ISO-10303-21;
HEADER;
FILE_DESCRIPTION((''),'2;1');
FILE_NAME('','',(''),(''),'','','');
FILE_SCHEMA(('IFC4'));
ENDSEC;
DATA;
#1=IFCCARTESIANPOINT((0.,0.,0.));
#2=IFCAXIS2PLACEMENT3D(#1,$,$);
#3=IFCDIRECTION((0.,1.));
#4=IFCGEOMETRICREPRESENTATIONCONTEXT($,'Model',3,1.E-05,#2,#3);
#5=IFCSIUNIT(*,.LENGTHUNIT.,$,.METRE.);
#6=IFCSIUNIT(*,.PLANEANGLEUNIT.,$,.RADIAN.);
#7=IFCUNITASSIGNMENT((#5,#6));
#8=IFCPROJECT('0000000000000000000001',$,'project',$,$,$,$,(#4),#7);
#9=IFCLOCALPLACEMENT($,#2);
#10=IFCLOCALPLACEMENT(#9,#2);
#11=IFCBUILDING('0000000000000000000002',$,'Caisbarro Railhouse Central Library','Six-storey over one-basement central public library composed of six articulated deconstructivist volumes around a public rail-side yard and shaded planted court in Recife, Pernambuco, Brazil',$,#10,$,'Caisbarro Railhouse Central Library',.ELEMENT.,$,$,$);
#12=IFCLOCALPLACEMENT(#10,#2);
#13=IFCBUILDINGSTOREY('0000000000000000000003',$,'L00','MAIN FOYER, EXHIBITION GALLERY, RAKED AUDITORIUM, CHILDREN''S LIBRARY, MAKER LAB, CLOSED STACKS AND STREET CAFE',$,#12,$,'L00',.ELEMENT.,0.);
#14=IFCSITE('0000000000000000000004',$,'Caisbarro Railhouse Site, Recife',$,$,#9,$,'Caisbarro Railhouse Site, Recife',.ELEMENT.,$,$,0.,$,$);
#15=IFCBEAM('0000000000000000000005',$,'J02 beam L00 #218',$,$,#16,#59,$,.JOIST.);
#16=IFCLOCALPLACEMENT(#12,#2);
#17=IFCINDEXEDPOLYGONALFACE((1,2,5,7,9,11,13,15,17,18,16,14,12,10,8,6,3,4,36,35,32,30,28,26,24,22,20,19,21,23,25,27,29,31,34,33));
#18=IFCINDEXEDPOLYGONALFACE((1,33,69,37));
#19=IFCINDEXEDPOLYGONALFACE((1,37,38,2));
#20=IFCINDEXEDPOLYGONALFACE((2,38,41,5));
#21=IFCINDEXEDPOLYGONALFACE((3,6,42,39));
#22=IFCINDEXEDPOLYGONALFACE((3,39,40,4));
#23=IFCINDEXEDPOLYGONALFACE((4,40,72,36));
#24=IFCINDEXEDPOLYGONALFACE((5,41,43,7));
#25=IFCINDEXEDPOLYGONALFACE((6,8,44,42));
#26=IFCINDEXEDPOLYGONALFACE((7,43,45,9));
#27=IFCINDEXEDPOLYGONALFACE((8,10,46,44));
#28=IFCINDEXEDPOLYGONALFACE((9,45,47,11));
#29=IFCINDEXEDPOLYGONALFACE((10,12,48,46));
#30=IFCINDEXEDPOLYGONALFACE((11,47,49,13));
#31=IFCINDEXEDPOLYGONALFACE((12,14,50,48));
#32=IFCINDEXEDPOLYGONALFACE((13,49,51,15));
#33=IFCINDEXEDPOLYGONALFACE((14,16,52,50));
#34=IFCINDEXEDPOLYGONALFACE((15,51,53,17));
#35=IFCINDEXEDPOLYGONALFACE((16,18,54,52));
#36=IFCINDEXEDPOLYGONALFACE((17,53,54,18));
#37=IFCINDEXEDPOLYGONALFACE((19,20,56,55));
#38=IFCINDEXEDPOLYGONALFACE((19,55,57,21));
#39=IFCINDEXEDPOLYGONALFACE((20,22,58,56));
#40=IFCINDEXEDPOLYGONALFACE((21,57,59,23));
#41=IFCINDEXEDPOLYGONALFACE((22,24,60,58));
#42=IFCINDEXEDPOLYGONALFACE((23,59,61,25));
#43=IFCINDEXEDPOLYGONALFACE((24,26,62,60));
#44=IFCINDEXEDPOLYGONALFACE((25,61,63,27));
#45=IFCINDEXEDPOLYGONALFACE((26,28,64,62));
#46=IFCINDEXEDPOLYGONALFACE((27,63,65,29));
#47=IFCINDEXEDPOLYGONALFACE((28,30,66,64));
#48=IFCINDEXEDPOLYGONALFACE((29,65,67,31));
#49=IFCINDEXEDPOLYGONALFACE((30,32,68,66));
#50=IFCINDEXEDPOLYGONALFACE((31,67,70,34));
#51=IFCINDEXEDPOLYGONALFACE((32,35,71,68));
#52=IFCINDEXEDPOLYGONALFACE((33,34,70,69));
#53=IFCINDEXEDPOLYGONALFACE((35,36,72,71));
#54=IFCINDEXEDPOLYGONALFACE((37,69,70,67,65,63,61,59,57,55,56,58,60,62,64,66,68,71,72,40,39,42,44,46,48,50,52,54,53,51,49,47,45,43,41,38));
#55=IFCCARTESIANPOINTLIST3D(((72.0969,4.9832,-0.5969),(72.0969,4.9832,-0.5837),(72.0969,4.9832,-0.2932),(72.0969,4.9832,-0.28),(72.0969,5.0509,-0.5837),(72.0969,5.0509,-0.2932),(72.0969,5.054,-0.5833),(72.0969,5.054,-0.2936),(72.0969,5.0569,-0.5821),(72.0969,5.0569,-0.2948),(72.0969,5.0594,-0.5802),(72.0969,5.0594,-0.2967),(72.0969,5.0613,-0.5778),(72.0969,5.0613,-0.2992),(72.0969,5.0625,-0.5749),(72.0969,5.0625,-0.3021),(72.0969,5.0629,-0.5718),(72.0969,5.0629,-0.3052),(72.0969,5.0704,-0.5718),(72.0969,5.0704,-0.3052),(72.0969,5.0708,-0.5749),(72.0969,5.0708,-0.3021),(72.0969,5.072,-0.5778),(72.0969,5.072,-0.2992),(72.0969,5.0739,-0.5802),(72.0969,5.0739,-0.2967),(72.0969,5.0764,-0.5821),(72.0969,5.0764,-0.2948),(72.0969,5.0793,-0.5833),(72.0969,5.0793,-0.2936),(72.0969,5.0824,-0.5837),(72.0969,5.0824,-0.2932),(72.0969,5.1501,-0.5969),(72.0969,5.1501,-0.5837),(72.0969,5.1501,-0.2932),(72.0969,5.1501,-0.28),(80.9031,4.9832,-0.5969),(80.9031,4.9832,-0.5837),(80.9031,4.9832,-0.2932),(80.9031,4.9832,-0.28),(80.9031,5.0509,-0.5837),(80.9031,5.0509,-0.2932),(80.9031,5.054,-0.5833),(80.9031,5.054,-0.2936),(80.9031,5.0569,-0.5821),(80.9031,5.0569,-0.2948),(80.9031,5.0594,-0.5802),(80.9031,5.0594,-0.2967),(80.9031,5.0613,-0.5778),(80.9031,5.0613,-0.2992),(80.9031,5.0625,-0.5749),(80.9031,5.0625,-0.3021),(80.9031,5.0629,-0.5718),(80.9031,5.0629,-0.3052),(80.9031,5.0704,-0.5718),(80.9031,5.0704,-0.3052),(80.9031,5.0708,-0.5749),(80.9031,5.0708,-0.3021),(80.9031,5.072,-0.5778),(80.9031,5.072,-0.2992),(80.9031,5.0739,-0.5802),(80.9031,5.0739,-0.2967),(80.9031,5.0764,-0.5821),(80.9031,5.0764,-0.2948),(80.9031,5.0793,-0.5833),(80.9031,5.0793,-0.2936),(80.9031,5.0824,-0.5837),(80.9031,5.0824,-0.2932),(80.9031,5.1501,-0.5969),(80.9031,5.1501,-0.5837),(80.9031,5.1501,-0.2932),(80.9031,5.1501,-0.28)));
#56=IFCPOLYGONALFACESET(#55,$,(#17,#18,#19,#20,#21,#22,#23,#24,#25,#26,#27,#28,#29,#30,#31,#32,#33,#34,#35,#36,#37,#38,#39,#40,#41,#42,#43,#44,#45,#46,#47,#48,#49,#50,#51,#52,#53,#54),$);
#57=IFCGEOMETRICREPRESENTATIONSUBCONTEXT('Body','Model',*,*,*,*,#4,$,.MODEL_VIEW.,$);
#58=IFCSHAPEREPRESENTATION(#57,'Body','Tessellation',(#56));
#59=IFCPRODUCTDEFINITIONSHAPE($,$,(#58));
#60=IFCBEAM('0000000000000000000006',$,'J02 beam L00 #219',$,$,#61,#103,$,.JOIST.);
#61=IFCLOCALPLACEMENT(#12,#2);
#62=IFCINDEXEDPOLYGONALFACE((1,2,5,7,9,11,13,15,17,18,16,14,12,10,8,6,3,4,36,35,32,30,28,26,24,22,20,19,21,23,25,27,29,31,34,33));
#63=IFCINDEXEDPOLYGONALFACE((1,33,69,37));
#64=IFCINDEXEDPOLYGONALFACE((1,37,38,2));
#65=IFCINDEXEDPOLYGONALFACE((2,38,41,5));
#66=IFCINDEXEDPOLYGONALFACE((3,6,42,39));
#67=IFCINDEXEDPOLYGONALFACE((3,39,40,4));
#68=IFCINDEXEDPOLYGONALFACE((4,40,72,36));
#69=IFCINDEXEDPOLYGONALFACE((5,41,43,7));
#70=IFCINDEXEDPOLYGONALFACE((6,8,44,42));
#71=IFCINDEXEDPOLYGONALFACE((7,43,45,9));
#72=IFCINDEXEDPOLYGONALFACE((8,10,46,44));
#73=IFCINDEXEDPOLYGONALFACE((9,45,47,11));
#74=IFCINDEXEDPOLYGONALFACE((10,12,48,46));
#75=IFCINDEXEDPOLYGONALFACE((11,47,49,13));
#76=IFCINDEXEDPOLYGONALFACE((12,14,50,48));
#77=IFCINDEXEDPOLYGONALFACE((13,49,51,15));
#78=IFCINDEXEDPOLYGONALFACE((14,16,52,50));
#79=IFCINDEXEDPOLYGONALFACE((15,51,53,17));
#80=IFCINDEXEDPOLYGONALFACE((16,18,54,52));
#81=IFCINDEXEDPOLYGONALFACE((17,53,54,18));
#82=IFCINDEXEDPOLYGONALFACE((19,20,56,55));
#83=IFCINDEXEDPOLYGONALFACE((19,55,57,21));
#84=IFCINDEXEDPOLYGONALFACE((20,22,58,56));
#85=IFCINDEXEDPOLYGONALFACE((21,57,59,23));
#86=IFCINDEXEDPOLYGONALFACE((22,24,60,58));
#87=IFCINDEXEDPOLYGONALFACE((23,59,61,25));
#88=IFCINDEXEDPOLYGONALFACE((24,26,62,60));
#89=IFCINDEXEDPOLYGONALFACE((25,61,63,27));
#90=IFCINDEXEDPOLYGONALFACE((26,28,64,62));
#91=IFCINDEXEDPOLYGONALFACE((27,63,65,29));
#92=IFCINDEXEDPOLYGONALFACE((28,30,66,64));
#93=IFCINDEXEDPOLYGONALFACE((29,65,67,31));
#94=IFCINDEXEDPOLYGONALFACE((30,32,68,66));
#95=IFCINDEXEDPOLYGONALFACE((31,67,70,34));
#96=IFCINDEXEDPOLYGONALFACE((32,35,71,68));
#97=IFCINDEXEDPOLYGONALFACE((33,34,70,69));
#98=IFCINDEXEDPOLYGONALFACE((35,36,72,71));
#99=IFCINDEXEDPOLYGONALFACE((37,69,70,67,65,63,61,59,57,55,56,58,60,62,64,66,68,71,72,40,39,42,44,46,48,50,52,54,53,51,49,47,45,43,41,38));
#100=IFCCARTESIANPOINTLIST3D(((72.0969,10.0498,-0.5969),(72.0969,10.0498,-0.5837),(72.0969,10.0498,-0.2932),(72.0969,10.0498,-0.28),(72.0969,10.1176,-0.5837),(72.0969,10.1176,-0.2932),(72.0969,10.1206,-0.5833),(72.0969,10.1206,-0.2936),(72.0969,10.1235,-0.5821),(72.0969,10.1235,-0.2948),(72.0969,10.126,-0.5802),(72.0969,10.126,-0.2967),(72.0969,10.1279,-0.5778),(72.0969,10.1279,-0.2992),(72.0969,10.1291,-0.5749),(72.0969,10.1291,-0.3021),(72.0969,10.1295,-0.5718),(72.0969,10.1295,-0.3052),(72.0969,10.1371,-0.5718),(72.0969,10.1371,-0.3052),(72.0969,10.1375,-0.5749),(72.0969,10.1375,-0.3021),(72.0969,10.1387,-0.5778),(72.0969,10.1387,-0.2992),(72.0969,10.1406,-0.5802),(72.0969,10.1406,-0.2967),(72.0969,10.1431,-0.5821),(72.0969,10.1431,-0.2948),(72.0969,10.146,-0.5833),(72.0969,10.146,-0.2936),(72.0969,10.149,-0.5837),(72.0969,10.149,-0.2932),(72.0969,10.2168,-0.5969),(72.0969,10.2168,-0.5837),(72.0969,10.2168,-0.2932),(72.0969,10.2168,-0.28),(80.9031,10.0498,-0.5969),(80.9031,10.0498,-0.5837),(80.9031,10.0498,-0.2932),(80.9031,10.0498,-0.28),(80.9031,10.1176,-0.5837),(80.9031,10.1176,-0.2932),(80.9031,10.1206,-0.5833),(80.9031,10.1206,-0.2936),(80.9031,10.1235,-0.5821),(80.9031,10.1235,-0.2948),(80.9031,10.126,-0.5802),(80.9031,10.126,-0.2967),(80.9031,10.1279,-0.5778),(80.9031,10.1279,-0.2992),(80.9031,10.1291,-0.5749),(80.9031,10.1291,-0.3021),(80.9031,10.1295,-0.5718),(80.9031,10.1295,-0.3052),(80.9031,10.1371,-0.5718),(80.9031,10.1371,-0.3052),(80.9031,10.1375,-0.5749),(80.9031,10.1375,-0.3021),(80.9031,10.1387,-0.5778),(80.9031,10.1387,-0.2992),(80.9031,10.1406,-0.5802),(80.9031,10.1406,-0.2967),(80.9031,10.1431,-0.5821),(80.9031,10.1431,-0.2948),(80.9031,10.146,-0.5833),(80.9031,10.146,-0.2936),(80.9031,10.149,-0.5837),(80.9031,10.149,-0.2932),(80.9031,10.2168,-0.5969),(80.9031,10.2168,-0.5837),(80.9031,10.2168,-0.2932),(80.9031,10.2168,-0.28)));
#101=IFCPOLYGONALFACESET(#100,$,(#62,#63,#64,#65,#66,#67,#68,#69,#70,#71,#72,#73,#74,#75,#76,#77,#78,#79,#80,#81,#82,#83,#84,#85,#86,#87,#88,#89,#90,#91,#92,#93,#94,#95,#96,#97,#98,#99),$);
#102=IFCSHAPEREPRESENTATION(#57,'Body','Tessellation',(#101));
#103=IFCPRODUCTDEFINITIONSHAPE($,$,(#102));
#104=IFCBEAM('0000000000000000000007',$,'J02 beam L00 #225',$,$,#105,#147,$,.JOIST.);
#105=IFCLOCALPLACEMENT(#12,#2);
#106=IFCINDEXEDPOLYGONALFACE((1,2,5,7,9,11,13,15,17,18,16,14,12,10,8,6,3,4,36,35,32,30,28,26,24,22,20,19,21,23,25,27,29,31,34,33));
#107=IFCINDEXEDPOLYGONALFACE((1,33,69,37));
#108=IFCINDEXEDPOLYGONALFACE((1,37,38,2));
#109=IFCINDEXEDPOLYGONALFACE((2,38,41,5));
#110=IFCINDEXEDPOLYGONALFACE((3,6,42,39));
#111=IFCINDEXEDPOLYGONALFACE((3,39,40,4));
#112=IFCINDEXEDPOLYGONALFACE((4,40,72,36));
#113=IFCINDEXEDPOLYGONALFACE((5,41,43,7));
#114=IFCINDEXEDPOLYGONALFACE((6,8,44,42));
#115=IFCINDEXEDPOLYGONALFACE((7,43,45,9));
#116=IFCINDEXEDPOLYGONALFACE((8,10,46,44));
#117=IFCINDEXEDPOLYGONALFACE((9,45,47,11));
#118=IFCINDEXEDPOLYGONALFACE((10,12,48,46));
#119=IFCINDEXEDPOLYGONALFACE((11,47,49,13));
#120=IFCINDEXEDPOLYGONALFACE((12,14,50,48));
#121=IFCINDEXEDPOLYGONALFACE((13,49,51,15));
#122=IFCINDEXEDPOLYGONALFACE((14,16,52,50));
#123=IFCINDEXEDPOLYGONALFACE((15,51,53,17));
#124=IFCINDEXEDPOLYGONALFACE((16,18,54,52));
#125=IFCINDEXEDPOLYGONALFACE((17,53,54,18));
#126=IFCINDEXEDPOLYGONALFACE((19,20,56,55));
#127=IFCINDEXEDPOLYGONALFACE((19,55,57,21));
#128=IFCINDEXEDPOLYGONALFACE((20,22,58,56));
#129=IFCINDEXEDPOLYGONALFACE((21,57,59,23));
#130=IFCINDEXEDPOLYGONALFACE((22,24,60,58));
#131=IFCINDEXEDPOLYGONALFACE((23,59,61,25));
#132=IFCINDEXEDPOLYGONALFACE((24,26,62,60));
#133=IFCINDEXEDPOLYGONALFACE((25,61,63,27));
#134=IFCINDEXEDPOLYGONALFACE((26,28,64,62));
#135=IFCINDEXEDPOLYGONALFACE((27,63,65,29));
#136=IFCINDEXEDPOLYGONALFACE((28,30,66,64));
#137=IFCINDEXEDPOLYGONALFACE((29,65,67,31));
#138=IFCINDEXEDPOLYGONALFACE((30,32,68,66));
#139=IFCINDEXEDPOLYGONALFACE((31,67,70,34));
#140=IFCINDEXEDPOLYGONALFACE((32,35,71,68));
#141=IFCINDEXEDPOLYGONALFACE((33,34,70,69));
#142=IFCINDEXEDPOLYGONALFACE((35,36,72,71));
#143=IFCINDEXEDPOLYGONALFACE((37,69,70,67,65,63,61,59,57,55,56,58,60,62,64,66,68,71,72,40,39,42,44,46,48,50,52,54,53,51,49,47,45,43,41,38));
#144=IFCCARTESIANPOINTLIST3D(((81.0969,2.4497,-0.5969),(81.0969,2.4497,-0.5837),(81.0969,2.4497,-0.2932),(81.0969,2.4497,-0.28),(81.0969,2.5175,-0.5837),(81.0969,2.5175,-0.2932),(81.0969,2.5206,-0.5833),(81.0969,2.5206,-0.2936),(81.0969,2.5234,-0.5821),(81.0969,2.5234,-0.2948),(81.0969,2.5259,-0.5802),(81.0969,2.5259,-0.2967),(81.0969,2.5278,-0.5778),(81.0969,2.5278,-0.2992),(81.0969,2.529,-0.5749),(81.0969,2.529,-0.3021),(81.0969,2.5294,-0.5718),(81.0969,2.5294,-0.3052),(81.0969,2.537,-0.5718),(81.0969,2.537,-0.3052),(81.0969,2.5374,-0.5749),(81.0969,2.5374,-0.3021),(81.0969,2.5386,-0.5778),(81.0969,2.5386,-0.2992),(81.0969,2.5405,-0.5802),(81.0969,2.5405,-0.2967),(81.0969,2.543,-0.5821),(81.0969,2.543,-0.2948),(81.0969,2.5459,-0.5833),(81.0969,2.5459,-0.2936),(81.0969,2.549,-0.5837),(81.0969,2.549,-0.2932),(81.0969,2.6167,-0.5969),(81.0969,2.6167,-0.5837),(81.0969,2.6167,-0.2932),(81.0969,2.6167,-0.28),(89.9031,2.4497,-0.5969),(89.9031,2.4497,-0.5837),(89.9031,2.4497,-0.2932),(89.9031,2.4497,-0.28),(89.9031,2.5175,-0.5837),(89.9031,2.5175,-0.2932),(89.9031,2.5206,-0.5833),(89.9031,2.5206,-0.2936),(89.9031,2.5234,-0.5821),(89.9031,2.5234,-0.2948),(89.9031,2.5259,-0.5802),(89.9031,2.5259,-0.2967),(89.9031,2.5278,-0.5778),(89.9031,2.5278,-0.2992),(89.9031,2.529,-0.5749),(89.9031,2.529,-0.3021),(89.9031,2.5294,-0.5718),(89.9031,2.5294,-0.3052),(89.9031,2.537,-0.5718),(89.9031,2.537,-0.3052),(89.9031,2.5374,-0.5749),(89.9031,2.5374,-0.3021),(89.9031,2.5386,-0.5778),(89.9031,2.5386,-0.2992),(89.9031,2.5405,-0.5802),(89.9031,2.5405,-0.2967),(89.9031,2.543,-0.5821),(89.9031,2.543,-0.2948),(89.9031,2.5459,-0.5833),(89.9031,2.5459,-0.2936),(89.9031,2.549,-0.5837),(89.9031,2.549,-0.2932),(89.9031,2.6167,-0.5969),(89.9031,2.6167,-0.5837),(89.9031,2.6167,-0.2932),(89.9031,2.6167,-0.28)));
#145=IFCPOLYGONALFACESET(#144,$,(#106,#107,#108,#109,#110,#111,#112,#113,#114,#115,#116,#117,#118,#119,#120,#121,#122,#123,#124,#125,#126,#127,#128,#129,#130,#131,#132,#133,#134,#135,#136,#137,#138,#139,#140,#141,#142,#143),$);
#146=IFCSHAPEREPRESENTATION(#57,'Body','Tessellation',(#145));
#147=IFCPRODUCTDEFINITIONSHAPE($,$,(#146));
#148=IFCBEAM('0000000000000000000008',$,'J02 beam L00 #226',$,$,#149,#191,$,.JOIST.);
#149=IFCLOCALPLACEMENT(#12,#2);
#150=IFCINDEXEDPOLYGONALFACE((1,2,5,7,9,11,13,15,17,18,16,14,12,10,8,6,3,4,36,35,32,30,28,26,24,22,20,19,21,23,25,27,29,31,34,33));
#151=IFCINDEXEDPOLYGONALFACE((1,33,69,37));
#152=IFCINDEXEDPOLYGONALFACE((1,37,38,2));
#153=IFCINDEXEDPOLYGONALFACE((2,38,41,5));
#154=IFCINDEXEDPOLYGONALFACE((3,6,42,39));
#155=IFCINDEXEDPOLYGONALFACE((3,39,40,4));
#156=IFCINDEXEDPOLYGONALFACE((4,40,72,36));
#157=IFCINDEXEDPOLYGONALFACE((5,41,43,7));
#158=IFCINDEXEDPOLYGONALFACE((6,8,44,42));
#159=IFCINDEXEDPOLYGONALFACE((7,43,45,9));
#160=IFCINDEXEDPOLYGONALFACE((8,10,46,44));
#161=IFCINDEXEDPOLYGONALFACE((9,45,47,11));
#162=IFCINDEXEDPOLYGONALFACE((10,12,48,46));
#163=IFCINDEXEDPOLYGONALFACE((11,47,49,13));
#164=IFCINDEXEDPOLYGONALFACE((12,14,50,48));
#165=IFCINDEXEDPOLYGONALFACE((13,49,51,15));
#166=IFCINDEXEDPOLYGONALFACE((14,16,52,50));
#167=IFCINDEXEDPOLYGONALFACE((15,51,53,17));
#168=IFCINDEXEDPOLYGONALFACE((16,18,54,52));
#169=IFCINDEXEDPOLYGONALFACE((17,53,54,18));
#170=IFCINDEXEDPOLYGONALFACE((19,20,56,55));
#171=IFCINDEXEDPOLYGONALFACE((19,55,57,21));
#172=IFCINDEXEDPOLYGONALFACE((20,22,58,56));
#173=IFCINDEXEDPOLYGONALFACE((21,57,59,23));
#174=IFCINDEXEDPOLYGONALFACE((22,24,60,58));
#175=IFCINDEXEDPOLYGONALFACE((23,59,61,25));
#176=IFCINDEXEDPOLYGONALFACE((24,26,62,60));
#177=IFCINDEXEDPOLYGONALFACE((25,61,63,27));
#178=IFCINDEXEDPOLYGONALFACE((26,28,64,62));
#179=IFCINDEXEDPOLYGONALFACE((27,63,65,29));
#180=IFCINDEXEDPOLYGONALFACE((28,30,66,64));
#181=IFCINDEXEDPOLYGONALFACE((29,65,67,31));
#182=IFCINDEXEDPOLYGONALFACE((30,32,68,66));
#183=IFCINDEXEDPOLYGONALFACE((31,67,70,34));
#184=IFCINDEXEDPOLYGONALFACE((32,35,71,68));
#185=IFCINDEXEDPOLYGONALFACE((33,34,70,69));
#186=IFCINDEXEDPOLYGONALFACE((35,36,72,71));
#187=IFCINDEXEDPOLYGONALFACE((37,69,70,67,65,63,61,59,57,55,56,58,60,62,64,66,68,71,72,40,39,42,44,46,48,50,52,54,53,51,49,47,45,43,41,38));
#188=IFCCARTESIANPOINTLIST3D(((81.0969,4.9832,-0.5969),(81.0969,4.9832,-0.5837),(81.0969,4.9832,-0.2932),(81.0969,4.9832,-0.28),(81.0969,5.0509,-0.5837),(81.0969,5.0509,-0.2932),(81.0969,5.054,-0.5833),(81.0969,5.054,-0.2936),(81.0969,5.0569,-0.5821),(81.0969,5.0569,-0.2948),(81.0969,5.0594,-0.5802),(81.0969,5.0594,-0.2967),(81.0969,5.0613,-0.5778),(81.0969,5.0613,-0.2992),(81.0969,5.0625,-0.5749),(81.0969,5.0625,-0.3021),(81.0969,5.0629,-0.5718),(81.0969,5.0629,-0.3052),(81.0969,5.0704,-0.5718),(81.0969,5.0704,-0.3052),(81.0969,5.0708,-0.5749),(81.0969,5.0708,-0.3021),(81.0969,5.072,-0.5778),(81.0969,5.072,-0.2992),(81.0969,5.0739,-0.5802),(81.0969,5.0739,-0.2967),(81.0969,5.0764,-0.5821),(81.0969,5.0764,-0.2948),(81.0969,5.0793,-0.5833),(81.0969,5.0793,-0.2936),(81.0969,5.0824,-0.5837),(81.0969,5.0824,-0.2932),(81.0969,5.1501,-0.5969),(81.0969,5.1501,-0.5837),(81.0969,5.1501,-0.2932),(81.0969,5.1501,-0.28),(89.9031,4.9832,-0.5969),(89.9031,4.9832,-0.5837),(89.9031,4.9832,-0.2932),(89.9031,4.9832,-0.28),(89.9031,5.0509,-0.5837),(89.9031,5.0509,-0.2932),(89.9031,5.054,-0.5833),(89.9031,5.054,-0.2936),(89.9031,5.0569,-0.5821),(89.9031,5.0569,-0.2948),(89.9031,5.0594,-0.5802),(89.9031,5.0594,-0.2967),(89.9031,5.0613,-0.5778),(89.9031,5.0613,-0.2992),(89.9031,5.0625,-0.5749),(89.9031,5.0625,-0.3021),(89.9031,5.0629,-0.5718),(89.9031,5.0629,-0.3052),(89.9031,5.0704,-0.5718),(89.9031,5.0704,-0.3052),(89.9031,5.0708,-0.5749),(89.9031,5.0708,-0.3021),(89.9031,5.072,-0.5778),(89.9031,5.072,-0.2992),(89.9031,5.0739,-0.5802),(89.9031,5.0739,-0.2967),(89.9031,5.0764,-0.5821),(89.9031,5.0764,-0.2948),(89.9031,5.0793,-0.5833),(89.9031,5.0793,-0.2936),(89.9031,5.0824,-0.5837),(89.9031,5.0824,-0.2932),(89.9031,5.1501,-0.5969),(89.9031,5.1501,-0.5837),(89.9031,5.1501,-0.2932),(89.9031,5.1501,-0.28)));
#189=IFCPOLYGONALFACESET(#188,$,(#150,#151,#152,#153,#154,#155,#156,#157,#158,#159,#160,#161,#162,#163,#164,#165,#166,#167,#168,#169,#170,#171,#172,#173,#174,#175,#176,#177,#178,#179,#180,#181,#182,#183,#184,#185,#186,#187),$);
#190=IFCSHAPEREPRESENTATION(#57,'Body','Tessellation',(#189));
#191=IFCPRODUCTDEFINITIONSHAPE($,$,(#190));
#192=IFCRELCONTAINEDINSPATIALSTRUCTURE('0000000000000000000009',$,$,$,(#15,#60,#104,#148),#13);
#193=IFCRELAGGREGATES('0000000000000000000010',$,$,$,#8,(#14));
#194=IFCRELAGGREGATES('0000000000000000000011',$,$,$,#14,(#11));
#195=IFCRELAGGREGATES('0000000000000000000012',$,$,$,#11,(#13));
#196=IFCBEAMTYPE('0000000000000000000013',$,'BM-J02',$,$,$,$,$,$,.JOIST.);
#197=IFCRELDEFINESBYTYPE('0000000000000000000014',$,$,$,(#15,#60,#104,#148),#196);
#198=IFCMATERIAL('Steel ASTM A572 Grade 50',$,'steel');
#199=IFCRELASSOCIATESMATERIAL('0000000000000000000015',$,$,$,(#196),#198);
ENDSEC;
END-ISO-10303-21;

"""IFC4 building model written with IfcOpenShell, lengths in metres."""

from ifc_helpers import new_model, si_unit, direction, frame, origin, origin_2d, place, context, subcontext, project, spatial, i_section, extrude, material, material_profile, profile_set, type_object, element, save


model = new_model("IFC4")

# Units and contexts
model_context = context("Model", 3, precision=1e-05, world=origin(), true_north=direction((0.0, 1.0)))
body_context = subcontext(model_context, "Body", "Model", "MODEL_VIEW")
ifc_project = project(units=[si_unit("LENGTHUNIT", "METRE"), si_unit("PLANEANGLEUNIT", "RADIAN")], contexts=[model_context])

# Site, building, storey
site_placement = place(None, origin())
site = spatial("IfcSite", under=ifc_project, at=site_placement, Name="Caisbarro Railhouse Site, Recife", LongName="Caisbarro Railhouse Site, Recife", CompositionType="ELEMENT", RefElevation=0.0)
building_placement = place(site_placement, origin())
building = spatial("IfcBuilding", under=site, at=building_placement, Name="Caisbarro Railhouse Central Library", Description="Six-storey over one-basement central public library composed of six articulated deconstructivist volumes around a public rail-side yard and shaded planted court in Recife, Pernambuco, Brazil", LongName="Caisbarro Railhouse Central Library", CompositionType="ELEMENT")
storey_placement = place(building_placement, origin())
storey = spatial("IfcBuildingStorey", under=building, at=storey_placement, Name="L00", Description="MAIN FOYER, EXHIBITION GALLERY, RAKED AUDITORIUM, CHILDREN'S LIBRARY, MAKER LAB, CLOSED STACKS AND STREET CAFE", LongName="L00", CompositionType="ELEMENT", Elevation=0.0)

# Shared definitions
ifc_material_1 = material(Name="Steel ASTM A572 Grade 50", Category="steel")

# Beams
ifc_material_profile_1 = material_profile(ifc_material_1, i_section(OverallWidth=0.167, OverallDepth=0.3169, WebThickness=0.0076, FlangeThickness=0.0132, FilletRadius=0.012, at=origin_2d()), Name="W310X52.0")
ifc_profile_set_1 = profile_set([ifc_material_profile_1], Name="Steel ASTM A572 Grade 50")
beam_type_1 = type_object("IfcBeamType", Name="BM-J02", PredefinedType="JOIST", material=ifc_profile_set_1)
for number, where, z_axis, x_axis, name in (
    (1, (72.0969, 5.0667, -0.4385), (1.0, 0.0, 0.0), (0.0, 1.0, 0.0), "J02 beam L00 #218"),
    (2, (72.0969, 10.1333, -0.4385), (1.0, 0.0, 0.0), (0.0, 1.0, 0.0), "J02 beam L00 #219"),
    (3, (81.0969, 2.5332, -0.4385), (1.0, 0.0, 0.0), (0.0, 1.0, 0.0), "J02 beam L00 #225"),
    (4, (81.0969, 5.0667, -0.4385), (1.0, 0.0, 0.0), (0.0, 1.0, 0.0), "J02 beam L00 #226"),
):
    element("IfcBeam", number, at=place(storey_placement, frame(where, z_axis=z_axis, x_axis=x_axis)), inside=storey, type_object=beam_type_1, Name=name, PredefinedType="JOIST", context=body_context, shape_type="SweptSolid", body=[
        extrude(i_section(OverallWidth=0.167, OverallDepth=0.3169, WebThickness=0.0076, FlangeThickness=0.0132, FilletRadius=0.012, at=origin_2d()), origin(), (0.0, 0.0, 1.0), 8.8062),
    ])

save(model, "model.ifc")
